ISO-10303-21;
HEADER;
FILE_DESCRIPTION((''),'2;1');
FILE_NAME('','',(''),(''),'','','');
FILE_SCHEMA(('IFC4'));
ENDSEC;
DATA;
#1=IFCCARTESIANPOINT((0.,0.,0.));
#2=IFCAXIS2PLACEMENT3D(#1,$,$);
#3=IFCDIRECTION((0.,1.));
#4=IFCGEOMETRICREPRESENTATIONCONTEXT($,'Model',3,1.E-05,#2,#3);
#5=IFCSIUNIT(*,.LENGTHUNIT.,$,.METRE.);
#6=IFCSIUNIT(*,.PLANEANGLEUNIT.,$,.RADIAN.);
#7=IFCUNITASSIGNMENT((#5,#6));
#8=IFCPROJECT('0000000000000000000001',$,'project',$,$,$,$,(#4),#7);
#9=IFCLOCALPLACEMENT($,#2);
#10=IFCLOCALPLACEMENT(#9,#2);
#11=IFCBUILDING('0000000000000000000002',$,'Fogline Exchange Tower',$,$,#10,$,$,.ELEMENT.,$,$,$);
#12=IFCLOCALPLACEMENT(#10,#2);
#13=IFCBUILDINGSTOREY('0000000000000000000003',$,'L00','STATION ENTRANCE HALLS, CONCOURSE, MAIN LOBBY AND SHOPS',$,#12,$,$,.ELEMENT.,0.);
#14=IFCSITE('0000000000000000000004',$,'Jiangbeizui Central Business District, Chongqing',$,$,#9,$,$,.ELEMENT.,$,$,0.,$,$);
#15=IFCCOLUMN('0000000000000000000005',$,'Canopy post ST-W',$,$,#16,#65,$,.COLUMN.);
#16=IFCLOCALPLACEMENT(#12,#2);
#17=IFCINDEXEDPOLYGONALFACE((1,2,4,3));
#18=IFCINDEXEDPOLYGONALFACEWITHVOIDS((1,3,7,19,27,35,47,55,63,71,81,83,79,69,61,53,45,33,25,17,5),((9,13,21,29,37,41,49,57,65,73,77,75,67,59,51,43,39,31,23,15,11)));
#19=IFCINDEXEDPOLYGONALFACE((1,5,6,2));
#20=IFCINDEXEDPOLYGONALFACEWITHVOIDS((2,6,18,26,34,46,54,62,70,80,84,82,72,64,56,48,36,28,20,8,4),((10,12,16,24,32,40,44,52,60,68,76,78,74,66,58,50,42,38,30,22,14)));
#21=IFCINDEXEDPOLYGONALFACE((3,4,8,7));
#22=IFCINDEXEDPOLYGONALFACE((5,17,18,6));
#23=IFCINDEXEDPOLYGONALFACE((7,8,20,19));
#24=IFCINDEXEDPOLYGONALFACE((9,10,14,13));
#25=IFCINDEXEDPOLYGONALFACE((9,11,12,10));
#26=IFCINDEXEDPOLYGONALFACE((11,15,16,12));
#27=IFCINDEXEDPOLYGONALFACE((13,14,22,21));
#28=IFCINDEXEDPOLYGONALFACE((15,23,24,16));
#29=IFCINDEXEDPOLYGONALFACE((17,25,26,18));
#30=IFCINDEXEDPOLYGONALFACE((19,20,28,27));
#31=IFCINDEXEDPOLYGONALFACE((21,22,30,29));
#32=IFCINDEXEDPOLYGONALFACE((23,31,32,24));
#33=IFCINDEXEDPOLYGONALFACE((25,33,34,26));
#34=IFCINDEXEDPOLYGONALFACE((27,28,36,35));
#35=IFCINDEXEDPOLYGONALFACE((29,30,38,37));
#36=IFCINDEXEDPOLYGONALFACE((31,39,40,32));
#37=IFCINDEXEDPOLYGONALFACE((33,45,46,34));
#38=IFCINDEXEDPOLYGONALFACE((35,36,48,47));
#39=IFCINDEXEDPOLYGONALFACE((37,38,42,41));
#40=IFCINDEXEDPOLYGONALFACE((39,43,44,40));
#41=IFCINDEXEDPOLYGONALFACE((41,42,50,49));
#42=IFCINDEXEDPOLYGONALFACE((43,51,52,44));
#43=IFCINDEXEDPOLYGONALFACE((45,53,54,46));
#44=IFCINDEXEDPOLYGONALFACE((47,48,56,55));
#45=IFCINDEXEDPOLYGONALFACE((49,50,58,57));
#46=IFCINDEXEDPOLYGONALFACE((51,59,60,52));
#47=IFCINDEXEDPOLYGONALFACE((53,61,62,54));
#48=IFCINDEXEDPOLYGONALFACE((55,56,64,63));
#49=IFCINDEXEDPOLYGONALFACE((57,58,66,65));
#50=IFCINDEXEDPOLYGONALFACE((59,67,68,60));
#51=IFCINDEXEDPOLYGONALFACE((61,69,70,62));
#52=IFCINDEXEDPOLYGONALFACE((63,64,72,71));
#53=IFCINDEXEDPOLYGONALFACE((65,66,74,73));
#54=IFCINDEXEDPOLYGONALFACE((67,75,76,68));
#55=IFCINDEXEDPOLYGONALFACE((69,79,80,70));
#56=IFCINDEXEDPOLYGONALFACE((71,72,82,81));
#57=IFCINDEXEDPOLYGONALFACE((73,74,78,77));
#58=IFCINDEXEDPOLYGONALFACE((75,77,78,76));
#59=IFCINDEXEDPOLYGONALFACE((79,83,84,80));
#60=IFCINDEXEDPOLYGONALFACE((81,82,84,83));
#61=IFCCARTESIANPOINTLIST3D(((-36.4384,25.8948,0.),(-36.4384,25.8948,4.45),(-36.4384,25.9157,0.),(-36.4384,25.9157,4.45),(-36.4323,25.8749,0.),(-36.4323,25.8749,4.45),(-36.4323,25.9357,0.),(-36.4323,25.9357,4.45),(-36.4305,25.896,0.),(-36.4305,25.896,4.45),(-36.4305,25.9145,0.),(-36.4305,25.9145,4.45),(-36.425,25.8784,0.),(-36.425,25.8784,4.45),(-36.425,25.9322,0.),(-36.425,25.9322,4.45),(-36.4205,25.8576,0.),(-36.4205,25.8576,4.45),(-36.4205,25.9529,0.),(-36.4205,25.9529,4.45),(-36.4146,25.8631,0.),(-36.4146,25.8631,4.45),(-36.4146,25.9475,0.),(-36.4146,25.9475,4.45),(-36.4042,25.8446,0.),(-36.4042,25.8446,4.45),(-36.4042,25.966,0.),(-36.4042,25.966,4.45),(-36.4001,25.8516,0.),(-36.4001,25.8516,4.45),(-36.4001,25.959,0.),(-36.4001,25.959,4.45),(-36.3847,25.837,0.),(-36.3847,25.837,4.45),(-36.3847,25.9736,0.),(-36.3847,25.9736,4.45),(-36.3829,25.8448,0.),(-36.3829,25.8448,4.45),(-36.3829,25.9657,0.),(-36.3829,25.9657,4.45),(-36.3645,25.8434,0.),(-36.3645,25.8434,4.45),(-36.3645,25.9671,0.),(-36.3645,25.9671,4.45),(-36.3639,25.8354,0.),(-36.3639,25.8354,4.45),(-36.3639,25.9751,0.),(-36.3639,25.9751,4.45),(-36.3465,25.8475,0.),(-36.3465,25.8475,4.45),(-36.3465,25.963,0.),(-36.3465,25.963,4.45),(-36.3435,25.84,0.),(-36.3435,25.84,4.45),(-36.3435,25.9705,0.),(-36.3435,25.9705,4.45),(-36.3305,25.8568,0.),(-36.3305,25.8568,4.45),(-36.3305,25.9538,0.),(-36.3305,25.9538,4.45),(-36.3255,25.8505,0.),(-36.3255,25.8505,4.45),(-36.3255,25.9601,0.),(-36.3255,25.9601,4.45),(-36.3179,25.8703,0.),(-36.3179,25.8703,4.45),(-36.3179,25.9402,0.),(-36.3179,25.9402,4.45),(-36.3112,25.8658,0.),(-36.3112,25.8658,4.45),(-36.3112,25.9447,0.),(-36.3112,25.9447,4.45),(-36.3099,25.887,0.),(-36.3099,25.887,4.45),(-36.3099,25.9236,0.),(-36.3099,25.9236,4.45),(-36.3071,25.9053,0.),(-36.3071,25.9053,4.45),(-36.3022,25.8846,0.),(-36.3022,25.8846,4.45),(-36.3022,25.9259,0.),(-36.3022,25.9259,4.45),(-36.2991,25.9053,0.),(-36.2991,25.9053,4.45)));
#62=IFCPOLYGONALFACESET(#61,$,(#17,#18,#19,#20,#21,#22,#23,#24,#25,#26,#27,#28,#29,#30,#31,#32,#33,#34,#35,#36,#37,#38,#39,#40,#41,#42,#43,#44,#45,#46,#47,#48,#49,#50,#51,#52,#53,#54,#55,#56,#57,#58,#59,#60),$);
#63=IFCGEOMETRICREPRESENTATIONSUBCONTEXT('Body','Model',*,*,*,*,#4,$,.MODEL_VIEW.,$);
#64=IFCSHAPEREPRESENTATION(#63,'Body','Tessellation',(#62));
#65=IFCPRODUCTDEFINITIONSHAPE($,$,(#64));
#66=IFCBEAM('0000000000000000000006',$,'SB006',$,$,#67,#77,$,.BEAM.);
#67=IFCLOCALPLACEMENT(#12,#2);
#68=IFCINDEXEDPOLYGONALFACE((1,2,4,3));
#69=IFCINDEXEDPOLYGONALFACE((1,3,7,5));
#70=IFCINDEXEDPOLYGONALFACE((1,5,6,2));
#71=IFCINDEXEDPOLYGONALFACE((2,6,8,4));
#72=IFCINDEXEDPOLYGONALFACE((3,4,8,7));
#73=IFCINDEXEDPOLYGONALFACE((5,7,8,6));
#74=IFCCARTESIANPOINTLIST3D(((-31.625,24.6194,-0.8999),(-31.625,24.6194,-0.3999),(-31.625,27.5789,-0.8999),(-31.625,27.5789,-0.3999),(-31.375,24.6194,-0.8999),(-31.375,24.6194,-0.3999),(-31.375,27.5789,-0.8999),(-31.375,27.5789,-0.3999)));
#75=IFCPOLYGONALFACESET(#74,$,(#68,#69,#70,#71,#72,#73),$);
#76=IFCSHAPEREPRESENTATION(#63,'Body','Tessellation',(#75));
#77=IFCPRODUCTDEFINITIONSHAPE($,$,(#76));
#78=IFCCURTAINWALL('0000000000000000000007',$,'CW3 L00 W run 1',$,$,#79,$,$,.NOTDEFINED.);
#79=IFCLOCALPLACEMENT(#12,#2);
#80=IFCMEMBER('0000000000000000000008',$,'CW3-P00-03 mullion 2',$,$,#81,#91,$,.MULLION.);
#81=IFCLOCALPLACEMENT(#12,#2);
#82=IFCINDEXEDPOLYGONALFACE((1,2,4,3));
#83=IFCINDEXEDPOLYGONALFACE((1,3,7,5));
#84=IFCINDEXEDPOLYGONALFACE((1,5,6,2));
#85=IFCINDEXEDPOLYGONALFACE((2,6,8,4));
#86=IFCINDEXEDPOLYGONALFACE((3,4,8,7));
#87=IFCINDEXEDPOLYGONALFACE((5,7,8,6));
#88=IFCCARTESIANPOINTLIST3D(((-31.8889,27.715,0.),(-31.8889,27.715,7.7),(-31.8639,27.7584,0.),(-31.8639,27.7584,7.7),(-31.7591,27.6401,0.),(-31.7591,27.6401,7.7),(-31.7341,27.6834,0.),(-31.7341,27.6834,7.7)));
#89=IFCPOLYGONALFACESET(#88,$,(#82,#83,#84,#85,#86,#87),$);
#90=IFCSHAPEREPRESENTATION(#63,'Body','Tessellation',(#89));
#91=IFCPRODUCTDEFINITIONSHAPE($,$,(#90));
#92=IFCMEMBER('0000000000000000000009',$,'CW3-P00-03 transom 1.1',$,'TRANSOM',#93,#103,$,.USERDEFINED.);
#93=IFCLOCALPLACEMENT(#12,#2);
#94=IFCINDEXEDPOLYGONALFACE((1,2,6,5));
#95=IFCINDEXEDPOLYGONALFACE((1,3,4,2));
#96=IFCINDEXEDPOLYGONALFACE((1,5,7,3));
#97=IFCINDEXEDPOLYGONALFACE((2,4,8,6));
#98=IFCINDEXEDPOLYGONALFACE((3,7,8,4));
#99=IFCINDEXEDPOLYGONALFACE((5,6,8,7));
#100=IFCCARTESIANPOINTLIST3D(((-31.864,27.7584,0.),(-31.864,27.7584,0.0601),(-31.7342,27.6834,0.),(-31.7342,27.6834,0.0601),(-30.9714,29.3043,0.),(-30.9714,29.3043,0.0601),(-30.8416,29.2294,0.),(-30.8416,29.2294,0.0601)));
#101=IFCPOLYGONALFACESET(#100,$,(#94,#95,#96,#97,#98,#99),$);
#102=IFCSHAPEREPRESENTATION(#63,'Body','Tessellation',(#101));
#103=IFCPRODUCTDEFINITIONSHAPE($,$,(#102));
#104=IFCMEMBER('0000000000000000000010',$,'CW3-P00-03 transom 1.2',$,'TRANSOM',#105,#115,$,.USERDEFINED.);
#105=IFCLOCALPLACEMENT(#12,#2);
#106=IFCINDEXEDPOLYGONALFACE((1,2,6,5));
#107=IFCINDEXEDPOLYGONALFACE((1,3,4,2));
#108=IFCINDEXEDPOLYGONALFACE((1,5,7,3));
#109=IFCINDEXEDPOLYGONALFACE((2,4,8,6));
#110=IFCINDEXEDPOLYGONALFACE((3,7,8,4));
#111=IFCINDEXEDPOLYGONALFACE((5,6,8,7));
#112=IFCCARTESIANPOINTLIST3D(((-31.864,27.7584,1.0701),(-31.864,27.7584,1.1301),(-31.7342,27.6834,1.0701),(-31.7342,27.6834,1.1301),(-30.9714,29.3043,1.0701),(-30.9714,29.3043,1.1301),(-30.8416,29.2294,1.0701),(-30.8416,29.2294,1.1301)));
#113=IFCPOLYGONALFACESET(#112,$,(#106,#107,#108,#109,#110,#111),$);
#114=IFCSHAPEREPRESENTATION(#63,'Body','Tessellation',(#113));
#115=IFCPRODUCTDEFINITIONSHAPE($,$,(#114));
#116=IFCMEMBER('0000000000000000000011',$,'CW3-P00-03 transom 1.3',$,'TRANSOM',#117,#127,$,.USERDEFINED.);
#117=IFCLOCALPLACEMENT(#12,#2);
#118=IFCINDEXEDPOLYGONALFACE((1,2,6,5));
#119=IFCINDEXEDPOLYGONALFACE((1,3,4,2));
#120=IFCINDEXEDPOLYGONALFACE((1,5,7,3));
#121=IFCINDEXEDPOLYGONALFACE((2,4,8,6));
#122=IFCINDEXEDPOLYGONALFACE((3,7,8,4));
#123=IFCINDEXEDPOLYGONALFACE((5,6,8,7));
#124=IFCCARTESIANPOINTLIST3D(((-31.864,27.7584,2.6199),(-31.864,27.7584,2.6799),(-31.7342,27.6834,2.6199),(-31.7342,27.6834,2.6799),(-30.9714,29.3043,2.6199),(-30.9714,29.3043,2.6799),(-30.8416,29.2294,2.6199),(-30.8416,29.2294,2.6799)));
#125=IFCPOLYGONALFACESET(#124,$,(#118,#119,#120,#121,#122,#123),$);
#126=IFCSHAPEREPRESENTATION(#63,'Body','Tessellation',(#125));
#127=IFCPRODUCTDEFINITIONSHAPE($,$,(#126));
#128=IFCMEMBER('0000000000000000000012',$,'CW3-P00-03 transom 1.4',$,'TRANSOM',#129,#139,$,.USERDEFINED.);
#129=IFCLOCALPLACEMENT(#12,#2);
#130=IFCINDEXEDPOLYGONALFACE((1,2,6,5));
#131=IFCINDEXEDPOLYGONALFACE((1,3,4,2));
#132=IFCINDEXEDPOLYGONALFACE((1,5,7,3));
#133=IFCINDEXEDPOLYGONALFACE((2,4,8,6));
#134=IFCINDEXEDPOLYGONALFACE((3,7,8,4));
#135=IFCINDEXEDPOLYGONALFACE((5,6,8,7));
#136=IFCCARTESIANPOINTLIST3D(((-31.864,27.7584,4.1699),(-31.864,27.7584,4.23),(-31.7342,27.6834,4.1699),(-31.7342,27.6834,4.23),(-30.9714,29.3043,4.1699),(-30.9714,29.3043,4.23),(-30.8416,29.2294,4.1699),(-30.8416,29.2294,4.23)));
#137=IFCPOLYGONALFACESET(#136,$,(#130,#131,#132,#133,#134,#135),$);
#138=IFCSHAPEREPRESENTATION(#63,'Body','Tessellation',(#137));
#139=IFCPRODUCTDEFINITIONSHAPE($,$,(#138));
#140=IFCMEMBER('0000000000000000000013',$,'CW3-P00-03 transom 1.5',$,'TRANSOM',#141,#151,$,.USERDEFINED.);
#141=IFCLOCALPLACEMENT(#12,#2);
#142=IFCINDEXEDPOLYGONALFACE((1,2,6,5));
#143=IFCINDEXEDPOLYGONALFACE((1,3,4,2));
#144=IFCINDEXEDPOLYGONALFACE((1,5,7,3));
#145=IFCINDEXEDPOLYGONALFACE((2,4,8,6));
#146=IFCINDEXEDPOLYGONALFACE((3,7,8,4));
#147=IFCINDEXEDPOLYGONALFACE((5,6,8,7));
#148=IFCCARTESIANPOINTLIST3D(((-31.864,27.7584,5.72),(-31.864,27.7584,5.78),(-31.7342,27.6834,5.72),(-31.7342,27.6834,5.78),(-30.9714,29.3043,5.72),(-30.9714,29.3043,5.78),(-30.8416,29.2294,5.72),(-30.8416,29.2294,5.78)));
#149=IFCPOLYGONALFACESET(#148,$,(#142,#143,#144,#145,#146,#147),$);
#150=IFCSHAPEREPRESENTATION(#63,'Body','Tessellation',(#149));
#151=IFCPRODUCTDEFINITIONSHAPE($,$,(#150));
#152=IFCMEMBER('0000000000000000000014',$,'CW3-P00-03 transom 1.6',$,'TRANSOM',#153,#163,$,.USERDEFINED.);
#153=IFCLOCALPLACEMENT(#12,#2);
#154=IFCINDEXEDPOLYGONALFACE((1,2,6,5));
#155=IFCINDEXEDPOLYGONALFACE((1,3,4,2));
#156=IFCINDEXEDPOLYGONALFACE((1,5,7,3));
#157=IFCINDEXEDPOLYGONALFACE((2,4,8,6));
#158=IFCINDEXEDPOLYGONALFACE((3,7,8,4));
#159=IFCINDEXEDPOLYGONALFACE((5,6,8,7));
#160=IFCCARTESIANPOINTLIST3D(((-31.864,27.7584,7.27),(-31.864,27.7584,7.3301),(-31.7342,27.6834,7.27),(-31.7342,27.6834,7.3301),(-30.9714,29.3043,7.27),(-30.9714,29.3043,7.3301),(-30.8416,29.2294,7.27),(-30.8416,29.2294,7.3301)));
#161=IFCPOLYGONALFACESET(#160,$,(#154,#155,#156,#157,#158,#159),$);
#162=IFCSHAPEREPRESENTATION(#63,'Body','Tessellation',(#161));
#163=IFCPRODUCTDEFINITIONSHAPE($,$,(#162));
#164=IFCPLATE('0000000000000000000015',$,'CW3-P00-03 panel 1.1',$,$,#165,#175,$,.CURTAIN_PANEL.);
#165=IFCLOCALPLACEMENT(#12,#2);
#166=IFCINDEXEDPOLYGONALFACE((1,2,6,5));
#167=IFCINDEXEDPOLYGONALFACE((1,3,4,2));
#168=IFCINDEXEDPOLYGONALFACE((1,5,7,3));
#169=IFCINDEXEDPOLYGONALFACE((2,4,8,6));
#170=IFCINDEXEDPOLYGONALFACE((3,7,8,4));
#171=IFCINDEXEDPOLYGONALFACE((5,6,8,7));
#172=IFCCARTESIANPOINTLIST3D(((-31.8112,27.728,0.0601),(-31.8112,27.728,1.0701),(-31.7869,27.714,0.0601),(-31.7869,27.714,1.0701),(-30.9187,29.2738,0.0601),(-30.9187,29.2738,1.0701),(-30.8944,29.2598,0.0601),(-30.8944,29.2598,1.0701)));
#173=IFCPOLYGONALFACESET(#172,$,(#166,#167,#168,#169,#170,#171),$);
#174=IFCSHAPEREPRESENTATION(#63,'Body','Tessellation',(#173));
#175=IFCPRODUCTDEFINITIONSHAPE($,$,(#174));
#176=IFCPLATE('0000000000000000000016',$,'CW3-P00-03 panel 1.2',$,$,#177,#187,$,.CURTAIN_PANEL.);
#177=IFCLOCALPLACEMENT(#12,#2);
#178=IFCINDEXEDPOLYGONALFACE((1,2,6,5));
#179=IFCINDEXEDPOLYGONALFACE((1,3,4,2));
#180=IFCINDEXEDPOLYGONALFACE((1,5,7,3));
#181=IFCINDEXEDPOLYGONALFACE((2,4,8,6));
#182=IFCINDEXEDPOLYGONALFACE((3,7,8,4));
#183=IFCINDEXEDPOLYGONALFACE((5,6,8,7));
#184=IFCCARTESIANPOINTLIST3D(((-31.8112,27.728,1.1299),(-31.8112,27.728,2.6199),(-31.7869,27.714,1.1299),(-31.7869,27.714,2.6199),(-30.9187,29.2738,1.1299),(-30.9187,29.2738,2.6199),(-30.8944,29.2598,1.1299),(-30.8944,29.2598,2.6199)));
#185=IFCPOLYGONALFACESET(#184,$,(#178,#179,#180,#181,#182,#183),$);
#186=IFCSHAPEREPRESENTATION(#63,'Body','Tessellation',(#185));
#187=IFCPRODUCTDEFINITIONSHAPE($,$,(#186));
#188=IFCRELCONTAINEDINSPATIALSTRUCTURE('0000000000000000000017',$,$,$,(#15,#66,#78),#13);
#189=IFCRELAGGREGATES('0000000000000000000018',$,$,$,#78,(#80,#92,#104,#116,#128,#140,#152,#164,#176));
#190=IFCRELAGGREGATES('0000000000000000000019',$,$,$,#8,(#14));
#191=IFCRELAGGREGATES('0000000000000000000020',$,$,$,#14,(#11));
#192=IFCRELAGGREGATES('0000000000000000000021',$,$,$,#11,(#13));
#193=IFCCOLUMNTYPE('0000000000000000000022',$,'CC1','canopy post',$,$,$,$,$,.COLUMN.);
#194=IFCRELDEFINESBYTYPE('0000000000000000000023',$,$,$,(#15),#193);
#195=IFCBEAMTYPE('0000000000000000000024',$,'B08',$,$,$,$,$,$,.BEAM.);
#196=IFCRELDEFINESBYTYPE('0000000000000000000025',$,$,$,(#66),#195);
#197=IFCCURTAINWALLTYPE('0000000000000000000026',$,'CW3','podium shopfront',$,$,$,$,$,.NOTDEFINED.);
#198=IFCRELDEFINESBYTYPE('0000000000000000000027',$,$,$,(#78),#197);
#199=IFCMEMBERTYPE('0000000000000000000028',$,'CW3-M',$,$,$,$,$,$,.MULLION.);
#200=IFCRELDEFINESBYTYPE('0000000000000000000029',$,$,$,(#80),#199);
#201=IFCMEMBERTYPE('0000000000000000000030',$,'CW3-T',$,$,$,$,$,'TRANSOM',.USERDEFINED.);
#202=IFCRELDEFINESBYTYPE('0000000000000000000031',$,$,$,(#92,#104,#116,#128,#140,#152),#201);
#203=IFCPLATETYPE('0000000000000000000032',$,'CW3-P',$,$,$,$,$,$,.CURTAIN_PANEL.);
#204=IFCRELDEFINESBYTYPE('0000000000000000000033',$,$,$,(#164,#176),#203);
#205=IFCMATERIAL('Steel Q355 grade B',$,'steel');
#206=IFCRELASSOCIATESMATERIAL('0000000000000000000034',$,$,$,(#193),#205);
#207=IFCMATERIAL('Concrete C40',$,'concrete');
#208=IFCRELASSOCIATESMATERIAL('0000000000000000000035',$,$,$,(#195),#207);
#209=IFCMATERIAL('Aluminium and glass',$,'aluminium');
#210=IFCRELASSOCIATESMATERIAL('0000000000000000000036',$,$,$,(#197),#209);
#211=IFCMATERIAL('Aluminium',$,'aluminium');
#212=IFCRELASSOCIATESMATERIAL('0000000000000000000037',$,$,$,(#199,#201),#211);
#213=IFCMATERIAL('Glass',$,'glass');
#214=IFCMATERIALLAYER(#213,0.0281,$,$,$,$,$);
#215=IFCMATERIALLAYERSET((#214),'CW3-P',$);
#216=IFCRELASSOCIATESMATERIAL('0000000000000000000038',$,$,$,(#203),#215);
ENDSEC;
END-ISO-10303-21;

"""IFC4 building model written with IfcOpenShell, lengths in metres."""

from ifc_helpers import new_model, si_unit, direction, frame, origin, origin_2d, place, context, subcontext, project, spatial, rectangle, hollow_circle, extrude, material, layer, layer_set, material_profile, profile_set, type_object, element, aggregate, save


model = new_model("IFC4")

# Units and contexts
model_context = context("Model", 3, precision=1e-05, world=origin(), true_north=direction((0.0, 1.0)))
body_context = subcontext(model_context, "Body", "Model", "MODEL_VIEW")
ifc_project = project(units=[si_unit("LENGTHUNIT", "METRE"), si_unit("PLANEANGLEUNIT", "RADIAN")], contexts=[model_context])

# Site, building, storey
site_placement = place(None, origin())
site = spatial("IfcSite", under=ifc_project, at=site_placement, Name="Jiangbeizui Central Business District, Chongqing", CompositionType="ELEMENT", RefElevation=0.0)
building_placement = place(site_placement, origin())
building = spatial("IfcBuilding", under=site, at=building_placement, Name="Fogline Exchange Tower", CompositionType="ELEMENT")
storey_placement = place(building_placement, origin())
storey = spatial("IfcBuildingStorey", under=building, at=storey_placement, Name="L00", Description="STATION ENTRANCE HALLS, CONCOURSE, MAIN LOBBY AND SHOPS", CompositionType="ELEMENT", Elevation=0.0)

# Column
ifc_material_1 = material(Name="Steel Q355 grade B", Category="steel")
ifc_material_profile_1 = material_profile(ifc_material_1, hollow_circle(Radius=0.0701, WallThickness=0.0081, at=origin_2d()), Name="CHS 140x8")
ifc_profile_set_1 = profile_set([ifc_material_profile_1], Name="Steel Q355 grade B")
column_type = type_object("IfcColumnType", Name="CC1", Description="canopy post", PredefinedType="COLUMN", material=ifc_profile_set_1)
column_placement = place(storey_placement, frame((-36.3691, 25.9053, 0.0), z_axis=(0.0, 0.0, 1.0), x_axis=(1.0, 0.0, 0.0)))
element("IfcColumn", 1, at=column_placement, inside=storey, type_object=column_type, Name="Canopy post ST-W", PredefinedType="COLUMN", context=body_context, shape_type="SweptSolid", body=[
    extrude(hollow_circle(Radius=0.0701, WallThickness=0.0081, at=origin_2d()), origin(), (0.0, 0.0, 1.0), 4.45),
])

# Beam
ifc_material_2 = material(Name="Concrete C40", Category="concrete")
ifc_material_profile_2 = material_profile(ifc_material_2, rectangle(XDim=0.25, YDim=0.5, at=origin_2d()), Name="RC 250x500")
ifc_profile_set_2 = profile_set([ifc_material_profile_2], Name="Concrete C40")
beam_type = type_object("IfcBeamType", Name="B08", PredefinedType="BEAM", material=ifc_profile_set_2)
beam_placement = place(storey_placement, frame((-31.5, 24.6194, -0.6499), z_axis=(0.0, 1.0, 0.0), x_axis=(-1.0, 0.0, 0.0)))
element("IfcBeam", 2, at=beam_placement, inside=storey, type_object=beam_type, Name="SB006", PredefinedType="BEAM", context=body_context, shape_type="SweptSolid", body=[
    extrude(rectangle(XDim=0.25, YDim=0.5, at=origin_2d()), origin(), (0.0, 0.0, 1.0), 2.9595),
])

# Curtain wall, members, plates
ifc_material_3 = material(Name="Aluminium and glass", Category="aluminium")
curtain_wall_type = type_object("IfcCurtainWallType", Name="CW3", Description="podium shopfront", PredefinedType="NOTDEFINED", material=ifc_material_3)
curtain_wall_placement = place(storey_placement, origin())
curtain_wall = element("IfcCurtainWall", 3, at=curtain_wall_placement, inside=storey, type_object=curtain_wall_type, Name="CW3 L00 W run 1", PredefinedType="NOTDEFINED")
ifc_material_4 = material(Name="Aluminium", Category="aluminium")
ifc_material_profile_3 = material_profile(ifc_material_4, rectangle(XDim=0.1499, YDim=0.05, at=origin_2d()), Name="Mullion 50x150")
ifc_profile_set_3 = profile_set([ifc_material_profile_3], Name="Aluminium")
member_type_1 = type_object("IfcMemberType", Name="CW3-M", PredefinedType="MULLION", material=ifc_profile_set_3)
member_1_placement = place(storey_placement, frame((-31.8115, 27.6992, 0.0), z_axis=(0.0, 0.0, 1.0), x_axis=(0.866026, -0.5, 0.0)))
member_1 = element("IfcMember", 4, at=member_1_placement, type_object=member_type_1, Name="CW3-P00-03 mullion 2", PredefinedType="MULLION", context=body_context, shape_type="SweptSolid", body=[
    extrude(rectangle(XDim=0.1499, YDim=0.05, at=origin_2d()), origin(), (0.0, 0.0, 1.0), 7.7),
])
ifc_material_profile_4 = material_profile(ifc_material_4, rectangle(XDim=0.1499, YDim=0.0601, at=origin_2d()), Name="Transom 60x150")
ifc_profile_set_4 = profile_set([ifc_material_profile_4], Name="Aluminium")
member_type_2 = type_object("IfcMemberType", Name="CW3-T", ElementType="TRANSOM", PredefinedType="USERDEFINED", material=ifc_profile_set_4)
member_2_placement = place(storey_placement, frame((-30.9065, 29.2668, 0.03), z_axis=(-0.500022, -0.866012, 0.0), x_axis=(0.866012, -0.500022, 0.0)))
member_2 = element("IfcMember", 5, at=member_2_placement, type_object=member_type_2, Name="CW3-P00-03 transom 1.1", ObjectType="TRANSOM", PredefinedType="USERDEFINED", context=body_context, shape_type="SweptSolid", body=[
    extrude(rectangle(XDim=0.1499, YDim=0.0601, at=origin_2d()), origin(), (0.0, 0.0, 1.0), 1.7852),
])
member_3_placement = place(storey_placement, frame((-30.9065, 29.2668, 1.1001), z_axis=(-0.500022, -0.866012, 0.0), x_axis=(0.866012, -0.500022, 0.0)))
member_3 = element("IfcMember", 6, at=member_3_placement, type_object=member_type_2, Name="CW3-P00-03 transom 1.2", ObjectType="TRANSOM", PredefinedType="USERDEFINED", context=body_context, shape_type="SweptSolid", body=[
    extrude(rectangle(XDim=0.1499, YDim=0.0601, at=origin_2d()), origin(), (0.0, 0.0, 1.0), 1.7852),
])
member_4_placement = place(storey_placement, frame((-30.9065, 29.2668, 2.6499), z_axis=(-0.500022, -0.866012, 0.0), x_axis=(0.866012, -0.500022, 0.0)))
member_4 = element("IfcMember", 7, at=member_4_placement, type_object=member_type_2, Name="CW3-P00-03 transom 1.3", ObjectType="TRANSOM", PredefinedType="USERDEFINED", context=body_context, shape_type="SweptSolid", body=[
    extrude(rectangle(XDim=0.1499, YDim=0.0601, at=origin_2d()), origin(), (0.0, 0.0, 1.0), 1.7852),
])
member_5_placement = place(storey_placement, frame((-30.9065, 29.2668, 4.2), z_axis=(-0.500022, -0.866012, 0.0), x_axis=(0.866012, -0.500022, 0.0)))
member_5 = element("IfcMember", 8, at=member_5_placement, type_object=member_type_2, Name="CW3-P00-03 transom 1.4", ObjectType="TRANSOM", PredefinedType="USERDEFINED", context=body_context, shape_type="SweptSolid", body=[
    extrude(rectangle(XDim=0.1499, YDim=0.0601, at=origin_2d()), origin(), (0.0, 0.0, 1.0), 1.7852),
])
member_6_placement = place(storey_placement, frame((-30.9065, 29.2668, 5.75), z_axis=(-0.500022, -0.866012, 0.0), x_axis=(0.866012, -0.500022, 0.0)))
member_6 = element("IfcMember", 9, at=member_6_placement, type_object=member_type_2, Name="CW3-P00-03 transom 1.5", ObjectType="TRANSOM", PredefinedType="USERDEFINED", context=body_context, shape_type="SweptSolid", body=[
    extrude(rectangle(XDim=0.1499, YDim=0.0601, at=origin_2d()), origin(), (0.0, 0.0, 1.0), 1.7852),
])
member_7_placement = place(storey_placement, frame((-30.9065, 29.2668, 7.3), z_axis=(-0.500022, -0.866012, 0.0), x_axis=(0.866012, -0.500022, 0.0)))
member_7 = element("IfcMember", 10, at=member_7_placement, type_object=member_type_2, Name="CW3-P00-03 transom 1.6", ObjectType="TRANSOM", PredefinedType="USERDEFINED", context=body_context, shape_type="SweptSolid", body=[
    extrude(rectangle(XDim=0.1499, YDim=0.0601, at=origin_2d()), origin(), (0.0, 0.0, 1.0), 1.7852),
])
ifc_material_5 = material(Name="Glass", Category="glass")
ifc_layer_1 = layer(ifc_material_5, 0.0281)
ifc_layer_set_1 = layer_set([ifc_layer_1], Name="CW3-P")
plate_type = type_object("IfcPlateType", Name="CW3-P", PredefinedType="CURTAIN_PANEL", material=ifc_layer_set_1)
plate_1_placement = place(storey_placement, frame((-31.3528, 28.4939, 0.0601), z_axis=(0.0, 0.0, 1.0), x_axis=(-0.5, -0.866026, 0.0)))
plate_1 = element("IfcPlate", 11, at=plate_1_placement, type_object=plate_type, Name="CW3-P00-03 panel 1.1", PredefinedType="CURTAIN_PANEL", context=body_context, shape_type="SweptSolid", body=[
    extrude(rectangle(XDim=1.7849, YDim=0.0281, at=origin_2d()), origin(), (0.0, 0.0, 1.0), 1.01),
])
plate_2_placement = place(storey_placement, frame((-31.3528, 28.4939, 1.1299), z_axis=(0.0, 0.0, 1.0), x_axis=(-0.5, -0.866026, 0.0)))
plate_2 = element("IfcPlate", 12, at=plate_2_placement, type_object=plate_type, Name="CW3-P00-03 panel 1.2", PredefinedType="CURTAIN_PANEL", context=body_context, shape_type="SweptSolid", body=[
    extrude(rectangle(XDim=1.7849, YDim=0.0281, at=origin_2d()), origin(), (0.0, 0.0, 1.0), 1.49),
])
aggregate(curtain_wall, [member_1, member_2, member_3, member_4, member_5, member_6, member_7, plate_1, plate_2])

save(model, "model.ifc")
